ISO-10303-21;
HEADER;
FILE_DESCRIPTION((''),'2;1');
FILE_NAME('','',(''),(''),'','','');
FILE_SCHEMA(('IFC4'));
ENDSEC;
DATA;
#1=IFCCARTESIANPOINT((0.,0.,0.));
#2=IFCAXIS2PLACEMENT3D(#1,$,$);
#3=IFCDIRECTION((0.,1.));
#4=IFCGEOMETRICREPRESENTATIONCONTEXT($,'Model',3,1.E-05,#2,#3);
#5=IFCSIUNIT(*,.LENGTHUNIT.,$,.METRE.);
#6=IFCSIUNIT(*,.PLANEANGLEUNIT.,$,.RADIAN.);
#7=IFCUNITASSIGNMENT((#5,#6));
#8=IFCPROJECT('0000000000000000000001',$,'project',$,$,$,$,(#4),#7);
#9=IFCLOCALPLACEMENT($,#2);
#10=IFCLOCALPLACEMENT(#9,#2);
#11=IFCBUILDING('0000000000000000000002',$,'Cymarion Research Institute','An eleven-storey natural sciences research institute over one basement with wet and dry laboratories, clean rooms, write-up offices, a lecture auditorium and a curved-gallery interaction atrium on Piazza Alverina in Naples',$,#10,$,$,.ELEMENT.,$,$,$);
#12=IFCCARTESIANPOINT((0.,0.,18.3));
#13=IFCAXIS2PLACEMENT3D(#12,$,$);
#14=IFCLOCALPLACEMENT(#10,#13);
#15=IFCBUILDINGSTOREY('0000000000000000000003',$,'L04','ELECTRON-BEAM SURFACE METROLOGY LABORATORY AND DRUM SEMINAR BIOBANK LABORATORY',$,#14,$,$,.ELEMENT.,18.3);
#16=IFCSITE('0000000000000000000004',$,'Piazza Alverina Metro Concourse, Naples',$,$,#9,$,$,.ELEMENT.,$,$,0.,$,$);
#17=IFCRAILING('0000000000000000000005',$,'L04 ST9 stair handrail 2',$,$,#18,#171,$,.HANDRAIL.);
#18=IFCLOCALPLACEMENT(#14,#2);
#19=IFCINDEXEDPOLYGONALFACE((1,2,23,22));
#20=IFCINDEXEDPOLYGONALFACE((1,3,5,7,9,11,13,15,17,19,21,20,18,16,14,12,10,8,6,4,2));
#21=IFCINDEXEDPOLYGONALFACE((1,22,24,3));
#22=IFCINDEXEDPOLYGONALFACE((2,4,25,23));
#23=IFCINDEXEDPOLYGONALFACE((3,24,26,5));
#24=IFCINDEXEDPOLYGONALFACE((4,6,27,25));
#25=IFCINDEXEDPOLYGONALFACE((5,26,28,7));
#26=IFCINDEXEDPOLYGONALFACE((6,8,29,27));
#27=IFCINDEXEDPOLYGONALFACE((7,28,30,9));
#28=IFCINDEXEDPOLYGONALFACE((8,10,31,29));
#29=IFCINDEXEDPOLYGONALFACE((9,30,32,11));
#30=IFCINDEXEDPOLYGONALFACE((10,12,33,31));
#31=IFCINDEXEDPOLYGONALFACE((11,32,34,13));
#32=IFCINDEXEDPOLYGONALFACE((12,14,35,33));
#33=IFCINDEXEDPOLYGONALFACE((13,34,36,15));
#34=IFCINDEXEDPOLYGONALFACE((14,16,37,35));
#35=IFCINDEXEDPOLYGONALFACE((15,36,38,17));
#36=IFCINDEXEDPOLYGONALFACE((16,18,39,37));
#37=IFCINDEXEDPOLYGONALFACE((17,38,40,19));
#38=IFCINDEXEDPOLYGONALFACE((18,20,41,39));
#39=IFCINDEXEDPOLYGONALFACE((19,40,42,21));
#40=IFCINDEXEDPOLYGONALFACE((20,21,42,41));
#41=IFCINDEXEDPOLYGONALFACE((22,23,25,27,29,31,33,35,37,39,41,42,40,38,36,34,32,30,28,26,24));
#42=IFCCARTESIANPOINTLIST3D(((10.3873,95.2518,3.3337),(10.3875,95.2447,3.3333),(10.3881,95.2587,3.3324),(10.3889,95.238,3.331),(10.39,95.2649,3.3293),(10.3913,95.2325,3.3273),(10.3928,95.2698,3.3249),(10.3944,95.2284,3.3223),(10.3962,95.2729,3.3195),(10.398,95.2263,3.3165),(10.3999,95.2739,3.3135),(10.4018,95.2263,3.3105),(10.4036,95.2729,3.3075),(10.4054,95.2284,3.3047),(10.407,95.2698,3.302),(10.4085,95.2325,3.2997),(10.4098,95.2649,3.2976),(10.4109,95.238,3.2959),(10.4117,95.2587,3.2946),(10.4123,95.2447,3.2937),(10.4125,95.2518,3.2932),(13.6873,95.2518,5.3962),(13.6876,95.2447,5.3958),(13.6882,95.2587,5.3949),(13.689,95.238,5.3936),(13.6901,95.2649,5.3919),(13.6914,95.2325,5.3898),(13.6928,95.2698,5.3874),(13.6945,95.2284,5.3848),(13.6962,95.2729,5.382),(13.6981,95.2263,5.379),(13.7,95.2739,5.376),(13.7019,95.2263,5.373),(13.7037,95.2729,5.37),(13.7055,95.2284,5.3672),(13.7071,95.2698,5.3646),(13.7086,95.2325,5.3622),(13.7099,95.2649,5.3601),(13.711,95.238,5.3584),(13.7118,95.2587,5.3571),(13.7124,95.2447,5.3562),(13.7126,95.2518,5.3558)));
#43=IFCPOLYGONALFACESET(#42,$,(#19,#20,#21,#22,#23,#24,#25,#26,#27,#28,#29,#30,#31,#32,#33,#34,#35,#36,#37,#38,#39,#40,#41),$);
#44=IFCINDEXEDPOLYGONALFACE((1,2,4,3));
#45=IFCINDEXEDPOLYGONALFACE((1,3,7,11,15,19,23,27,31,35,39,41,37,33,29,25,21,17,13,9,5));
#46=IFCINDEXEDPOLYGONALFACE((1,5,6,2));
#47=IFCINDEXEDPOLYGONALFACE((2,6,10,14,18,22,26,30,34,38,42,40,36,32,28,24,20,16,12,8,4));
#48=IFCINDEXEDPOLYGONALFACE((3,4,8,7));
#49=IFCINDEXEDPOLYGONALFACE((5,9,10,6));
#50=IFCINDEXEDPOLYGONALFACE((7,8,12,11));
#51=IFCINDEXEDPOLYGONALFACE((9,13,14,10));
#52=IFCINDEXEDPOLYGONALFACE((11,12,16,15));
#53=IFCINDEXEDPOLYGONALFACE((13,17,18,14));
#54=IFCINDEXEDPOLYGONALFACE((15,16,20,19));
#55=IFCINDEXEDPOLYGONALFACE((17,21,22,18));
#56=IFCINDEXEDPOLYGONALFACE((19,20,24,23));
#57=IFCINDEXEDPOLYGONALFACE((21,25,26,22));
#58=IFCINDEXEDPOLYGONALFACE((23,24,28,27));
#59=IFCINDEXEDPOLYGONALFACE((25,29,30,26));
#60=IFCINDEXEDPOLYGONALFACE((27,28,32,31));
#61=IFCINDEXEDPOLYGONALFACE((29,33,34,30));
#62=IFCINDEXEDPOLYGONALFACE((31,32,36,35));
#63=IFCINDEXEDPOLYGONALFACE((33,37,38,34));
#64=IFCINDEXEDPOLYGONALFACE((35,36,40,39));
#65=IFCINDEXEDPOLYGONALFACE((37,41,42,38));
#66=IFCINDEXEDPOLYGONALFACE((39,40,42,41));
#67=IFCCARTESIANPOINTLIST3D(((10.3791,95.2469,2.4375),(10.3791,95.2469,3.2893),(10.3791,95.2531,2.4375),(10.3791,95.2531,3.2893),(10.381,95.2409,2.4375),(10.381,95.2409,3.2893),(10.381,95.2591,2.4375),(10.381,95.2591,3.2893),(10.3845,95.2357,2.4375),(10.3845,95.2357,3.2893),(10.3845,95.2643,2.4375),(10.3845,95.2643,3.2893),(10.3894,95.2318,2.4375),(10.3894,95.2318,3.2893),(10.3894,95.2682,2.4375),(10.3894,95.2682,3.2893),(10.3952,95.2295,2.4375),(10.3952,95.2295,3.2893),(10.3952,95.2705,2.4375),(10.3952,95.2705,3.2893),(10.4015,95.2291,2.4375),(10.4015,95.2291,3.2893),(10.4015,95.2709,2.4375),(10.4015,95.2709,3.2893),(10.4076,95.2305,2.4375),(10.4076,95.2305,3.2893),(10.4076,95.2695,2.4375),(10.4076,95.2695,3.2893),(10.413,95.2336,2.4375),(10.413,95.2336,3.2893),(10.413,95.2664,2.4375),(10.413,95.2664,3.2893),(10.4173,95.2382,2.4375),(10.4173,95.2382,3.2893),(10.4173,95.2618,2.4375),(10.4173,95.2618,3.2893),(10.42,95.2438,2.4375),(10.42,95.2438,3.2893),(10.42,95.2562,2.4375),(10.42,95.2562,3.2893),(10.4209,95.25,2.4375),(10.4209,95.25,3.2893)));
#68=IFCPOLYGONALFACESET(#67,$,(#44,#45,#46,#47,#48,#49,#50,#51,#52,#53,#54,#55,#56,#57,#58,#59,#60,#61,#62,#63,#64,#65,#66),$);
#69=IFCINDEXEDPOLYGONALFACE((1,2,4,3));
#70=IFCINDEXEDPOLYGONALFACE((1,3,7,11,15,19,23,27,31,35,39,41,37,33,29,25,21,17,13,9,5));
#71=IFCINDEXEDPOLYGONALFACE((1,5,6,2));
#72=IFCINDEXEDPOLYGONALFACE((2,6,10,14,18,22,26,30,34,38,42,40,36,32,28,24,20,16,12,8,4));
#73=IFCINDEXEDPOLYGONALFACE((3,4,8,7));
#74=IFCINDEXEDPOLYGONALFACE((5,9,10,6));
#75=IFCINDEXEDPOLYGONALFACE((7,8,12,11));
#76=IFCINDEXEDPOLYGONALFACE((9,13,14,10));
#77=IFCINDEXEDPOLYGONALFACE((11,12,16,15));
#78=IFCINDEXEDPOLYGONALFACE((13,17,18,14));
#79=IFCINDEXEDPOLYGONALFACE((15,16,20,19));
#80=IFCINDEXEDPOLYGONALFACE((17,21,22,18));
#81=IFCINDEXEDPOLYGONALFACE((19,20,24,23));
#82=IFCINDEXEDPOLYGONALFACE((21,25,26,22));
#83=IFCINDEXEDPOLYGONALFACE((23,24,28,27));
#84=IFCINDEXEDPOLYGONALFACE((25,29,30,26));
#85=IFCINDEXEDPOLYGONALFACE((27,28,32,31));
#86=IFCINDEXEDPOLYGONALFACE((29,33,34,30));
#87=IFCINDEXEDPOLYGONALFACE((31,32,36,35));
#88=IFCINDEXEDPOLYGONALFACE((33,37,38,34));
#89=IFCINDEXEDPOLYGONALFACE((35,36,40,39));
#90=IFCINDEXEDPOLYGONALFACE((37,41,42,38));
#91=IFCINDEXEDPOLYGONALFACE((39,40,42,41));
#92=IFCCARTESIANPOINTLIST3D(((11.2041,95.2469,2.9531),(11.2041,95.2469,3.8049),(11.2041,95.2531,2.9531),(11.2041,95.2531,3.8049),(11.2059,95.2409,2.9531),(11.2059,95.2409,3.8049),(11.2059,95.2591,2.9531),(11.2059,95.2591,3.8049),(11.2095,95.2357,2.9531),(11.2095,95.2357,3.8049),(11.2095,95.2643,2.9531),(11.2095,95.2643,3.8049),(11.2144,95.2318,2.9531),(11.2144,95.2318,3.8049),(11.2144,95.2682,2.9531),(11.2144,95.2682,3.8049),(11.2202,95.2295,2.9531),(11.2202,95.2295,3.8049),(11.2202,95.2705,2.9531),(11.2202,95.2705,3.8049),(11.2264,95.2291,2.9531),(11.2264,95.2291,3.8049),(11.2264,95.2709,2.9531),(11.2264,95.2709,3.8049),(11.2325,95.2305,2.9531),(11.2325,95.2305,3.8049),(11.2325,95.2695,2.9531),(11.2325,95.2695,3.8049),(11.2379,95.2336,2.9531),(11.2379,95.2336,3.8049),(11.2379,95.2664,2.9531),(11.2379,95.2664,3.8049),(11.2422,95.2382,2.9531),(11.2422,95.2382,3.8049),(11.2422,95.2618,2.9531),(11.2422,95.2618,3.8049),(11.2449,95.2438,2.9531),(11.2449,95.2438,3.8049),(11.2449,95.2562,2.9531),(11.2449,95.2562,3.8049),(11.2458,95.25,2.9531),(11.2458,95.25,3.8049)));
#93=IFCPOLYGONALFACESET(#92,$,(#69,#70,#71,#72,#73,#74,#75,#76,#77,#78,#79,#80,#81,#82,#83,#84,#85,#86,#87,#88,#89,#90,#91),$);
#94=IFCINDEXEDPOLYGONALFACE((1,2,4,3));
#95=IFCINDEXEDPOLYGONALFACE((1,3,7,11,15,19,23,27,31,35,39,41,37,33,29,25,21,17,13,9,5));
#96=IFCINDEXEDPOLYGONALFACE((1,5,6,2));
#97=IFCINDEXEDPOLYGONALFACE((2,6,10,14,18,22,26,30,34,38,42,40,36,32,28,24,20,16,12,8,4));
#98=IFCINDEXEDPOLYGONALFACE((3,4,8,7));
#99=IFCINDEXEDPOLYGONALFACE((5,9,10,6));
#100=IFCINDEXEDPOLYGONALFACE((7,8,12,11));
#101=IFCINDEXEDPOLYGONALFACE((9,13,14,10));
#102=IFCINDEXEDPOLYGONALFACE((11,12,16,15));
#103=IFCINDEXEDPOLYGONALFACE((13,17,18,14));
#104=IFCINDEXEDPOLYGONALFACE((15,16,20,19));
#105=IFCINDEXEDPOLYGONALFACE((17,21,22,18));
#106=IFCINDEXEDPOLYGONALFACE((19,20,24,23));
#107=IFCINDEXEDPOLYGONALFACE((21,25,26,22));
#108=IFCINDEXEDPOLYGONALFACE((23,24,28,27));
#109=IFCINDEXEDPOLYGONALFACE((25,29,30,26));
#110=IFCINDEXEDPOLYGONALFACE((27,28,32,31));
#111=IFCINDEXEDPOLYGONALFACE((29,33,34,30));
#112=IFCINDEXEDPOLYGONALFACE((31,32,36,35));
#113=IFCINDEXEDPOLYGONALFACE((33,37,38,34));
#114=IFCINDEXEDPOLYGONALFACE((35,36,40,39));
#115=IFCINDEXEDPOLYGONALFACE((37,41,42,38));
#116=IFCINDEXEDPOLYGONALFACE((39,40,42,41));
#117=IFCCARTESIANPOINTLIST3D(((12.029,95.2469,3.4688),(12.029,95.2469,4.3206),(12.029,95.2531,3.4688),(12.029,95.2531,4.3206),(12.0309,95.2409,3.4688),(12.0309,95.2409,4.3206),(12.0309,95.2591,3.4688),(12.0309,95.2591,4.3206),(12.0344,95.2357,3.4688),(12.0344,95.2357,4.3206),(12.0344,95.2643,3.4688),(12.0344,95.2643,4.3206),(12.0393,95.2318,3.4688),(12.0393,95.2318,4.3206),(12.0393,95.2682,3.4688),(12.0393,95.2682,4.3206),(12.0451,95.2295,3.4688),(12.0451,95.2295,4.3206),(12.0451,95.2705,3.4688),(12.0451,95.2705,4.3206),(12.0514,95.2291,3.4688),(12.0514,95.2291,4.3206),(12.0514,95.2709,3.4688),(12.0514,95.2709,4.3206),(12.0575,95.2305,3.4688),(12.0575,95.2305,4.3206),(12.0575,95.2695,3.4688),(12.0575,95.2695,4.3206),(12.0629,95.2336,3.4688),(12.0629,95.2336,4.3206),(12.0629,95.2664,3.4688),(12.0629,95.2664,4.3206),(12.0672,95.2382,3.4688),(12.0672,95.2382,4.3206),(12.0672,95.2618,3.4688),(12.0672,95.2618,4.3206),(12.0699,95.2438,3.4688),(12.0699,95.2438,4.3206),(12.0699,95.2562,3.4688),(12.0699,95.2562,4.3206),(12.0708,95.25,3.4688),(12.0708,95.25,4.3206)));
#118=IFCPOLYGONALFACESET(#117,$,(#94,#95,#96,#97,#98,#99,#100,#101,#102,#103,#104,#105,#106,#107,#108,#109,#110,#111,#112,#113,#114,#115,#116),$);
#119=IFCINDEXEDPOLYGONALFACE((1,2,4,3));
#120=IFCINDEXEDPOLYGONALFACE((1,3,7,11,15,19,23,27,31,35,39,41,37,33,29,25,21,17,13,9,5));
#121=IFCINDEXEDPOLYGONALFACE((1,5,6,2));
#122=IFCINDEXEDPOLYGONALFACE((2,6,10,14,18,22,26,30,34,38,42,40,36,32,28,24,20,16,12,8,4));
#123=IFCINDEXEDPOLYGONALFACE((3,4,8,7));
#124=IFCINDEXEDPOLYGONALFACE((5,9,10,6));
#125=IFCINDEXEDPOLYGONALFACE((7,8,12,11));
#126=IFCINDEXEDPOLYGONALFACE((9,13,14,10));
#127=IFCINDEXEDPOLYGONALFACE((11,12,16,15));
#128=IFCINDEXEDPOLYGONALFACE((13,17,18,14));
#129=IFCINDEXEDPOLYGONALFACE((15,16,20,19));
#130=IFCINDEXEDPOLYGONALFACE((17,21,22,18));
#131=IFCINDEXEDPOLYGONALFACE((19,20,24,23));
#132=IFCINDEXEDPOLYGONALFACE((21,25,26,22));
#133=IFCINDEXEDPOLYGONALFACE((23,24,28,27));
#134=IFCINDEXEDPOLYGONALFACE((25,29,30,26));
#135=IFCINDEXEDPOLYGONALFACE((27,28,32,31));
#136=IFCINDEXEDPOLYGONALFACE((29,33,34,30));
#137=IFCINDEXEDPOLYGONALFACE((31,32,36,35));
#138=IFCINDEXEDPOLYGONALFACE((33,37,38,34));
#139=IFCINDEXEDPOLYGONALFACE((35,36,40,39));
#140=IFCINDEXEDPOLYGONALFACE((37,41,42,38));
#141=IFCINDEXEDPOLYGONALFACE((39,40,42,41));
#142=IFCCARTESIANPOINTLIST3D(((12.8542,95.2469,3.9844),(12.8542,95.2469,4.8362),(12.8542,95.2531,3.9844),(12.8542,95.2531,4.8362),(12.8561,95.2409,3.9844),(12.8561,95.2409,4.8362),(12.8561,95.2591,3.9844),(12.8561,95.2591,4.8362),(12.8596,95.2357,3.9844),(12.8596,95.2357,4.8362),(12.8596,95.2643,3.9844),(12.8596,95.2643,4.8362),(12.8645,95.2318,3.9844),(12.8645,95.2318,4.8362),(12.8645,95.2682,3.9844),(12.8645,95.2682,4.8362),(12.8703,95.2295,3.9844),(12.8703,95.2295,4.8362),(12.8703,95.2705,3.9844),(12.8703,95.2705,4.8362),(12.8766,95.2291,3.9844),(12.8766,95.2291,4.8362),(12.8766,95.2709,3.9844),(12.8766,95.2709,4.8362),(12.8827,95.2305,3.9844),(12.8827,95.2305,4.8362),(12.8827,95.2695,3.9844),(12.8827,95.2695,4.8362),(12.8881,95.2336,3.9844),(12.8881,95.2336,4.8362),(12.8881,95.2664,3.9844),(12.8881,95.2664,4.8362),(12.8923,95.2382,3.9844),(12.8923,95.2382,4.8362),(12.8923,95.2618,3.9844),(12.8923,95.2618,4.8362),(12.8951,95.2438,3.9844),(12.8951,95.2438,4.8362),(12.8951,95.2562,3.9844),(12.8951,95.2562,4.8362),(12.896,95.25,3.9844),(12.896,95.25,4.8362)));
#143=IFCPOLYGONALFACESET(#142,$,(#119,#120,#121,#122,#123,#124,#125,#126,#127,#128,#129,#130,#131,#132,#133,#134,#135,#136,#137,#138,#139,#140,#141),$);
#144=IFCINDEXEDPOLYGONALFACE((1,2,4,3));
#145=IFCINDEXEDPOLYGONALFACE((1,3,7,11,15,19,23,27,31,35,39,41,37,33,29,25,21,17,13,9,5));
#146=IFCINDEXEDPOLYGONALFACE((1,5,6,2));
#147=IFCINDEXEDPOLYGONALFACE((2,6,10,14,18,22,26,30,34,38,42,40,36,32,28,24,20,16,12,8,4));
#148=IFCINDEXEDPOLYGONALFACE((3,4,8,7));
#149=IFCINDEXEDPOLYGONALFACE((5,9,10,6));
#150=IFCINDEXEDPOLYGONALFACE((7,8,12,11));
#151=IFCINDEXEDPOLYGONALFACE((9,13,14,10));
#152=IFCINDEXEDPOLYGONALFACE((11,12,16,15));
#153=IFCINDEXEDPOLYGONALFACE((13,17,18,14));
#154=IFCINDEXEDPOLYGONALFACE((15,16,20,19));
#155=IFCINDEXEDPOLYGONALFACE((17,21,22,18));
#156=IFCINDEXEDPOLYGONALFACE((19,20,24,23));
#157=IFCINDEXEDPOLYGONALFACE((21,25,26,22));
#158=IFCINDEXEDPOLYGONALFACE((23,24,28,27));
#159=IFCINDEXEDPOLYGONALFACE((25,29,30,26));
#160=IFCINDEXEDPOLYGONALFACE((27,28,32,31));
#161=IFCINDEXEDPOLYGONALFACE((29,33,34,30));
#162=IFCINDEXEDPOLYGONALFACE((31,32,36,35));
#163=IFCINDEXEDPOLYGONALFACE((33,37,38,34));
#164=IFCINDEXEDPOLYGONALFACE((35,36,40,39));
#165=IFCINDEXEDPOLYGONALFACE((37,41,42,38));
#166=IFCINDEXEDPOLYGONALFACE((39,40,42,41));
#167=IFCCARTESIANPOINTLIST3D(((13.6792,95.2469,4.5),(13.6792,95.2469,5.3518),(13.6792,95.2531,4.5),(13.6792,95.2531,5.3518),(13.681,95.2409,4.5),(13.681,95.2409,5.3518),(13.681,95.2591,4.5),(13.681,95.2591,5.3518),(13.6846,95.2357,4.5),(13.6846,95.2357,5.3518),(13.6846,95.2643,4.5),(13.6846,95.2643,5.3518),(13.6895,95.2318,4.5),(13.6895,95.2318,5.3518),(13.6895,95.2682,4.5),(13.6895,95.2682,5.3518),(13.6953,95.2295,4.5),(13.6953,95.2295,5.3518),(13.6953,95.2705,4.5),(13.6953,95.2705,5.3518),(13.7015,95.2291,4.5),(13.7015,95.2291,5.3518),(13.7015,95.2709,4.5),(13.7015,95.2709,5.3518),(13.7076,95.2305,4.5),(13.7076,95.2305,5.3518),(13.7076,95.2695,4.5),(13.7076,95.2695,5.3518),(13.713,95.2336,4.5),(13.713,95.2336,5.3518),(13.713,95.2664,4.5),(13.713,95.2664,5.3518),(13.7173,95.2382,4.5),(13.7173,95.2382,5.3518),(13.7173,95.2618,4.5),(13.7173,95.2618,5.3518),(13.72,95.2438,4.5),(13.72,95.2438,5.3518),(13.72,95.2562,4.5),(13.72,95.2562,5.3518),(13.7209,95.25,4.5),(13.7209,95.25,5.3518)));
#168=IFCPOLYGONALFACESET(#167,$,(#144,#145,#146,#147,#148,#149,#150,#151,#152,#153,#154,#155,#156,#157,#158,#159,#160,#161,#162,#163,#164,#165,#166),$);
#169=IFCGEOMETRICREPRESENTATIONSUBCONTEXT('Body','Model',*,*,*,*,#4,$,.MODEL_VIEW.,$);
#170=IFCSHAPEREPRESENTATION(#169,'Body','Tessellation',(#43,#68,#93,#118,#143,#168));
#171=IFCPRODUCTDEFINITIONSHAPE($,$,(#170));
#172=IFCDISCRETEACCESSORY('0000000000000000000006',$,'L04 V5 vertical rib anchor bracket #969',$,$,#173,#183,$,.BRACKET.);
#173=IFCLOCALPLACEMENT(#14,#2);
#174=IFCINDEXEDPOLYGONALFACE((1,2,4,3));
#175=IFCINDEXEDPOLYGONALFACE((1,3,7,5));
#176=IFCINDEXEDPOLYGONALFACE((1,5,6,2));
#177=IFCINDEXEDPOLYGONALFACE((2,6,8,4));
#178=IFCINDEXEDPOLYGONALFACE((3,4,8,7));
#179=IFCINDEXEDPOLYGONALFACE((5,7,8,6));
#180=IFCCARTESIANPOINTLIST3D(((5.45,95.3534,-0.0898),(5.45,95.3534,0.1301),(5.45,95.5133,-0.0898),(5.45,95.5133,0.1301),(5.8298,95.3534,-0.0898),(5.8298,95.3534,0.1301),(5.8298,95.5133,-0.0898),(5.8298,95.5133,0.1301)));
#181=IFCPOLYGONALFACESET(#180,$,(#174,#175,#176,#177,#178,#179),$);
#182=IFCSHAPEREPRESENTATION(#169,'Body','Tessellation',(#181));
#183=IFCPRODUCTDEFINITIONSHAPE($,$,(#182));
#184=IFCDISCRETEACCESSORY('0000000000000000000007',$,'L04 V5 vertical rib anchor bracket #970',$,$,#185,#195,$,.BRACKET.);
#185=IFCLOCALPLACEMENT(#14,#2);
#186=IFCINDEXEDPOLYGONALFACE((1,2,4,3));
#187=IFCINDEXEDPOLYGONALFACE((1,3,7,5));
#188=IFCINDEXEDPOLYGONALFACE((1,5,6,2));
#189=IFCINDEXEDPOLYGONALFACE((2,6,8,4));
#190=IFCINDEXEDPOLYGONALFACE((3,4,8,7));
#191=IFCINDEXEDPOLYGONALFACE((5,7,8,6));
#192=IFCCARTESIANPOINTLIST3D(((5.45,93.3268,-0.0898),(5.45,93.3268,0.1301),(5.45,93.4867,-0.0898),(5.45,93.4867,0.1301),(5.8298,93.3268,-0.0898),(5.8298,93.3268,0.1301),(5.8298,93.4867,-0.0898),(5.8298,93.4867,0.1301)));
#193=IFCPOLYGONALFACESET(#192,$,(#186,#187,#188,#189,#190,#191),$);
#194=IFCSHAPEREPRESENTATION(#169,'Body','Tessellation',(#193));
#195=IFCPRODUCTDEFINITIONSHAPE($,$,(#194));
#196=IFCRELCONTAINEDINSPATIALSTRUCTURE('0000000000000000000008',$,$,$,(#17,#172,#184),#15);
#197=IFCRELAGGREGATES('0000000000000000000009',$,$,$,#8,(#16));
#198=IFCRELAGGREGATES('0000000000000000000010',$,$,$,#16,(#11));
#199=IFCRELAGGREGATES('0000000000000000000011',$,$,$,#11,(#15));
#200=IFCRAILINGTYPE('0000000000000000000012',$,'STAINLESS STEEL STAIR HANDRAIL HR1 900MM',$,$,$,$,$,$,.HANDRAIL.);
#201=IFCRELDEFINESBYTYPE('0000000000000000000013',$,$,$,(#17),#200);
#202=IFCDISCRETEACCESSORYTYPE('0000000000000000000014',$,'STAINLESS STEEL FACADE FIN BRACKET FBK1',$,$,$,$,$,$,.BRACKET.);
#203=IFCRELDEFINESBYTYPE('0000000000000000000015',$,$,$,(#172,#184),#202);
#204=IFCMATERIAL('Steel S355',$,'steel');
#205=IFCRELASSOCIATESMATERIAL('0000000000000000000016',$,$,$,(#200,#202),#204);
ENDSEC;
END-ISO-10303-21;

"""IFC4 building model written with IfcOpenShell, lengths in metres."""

from ifc_helpers import new_model, si_unit, direction, frame, origin, origin_2d, place, context, subcontext, project, spatial, rectangle, circle, extrude, material, type_object, element, save


model = new_model("IFC4")

# Units and contexts
model_context = context("Model", 3, precision=1e-05, world=origin(), true_north=direction((0.0, 1.0)))
body_context = subcontext(model_context, "Body", "Model", "MODEL_VIEW")
ifc_project = project(units=[si_unit("LENGTHUNIT", "METRE"), si_unit("PLANEANGLEUNIT", "RADIAN")], contexts=[model_context])

# Site, building, storey
site_placement = place(None, origin())
site = spatial("IfcSite", under=ifc_project, at=site_placement, Name="Piazza Alverina Metro Concourse, Naples", CompositionType="ELEMENT", RefElevation=0.0)
building_placement = place(site_placement, origin())
building = spatial("IfcBuilding", under=site, at=building_placement, Name="Cymarion Research Institute", Description="An eleven-storey natural sciences research institute over one basement with wet and dry laboratories, clean rooms, write-up offices, a lecture auditorium and a curved-gallery interaction atrium on Piazza Alverina in Naples", CompositionType="ELEMENT")
storey_placement = place(building_placement, frame((0.0, 0.0, 18.3)))
storey = spatial("IfcBuildingStorey", under=building, at=storey_placement, Name="L04", Description="ELECTRON-BEAM SURFACE METROLOGY LABORATORY AND DRUM SEMINAR BIOBANK LABORATORY", CompositionType="ELEMENT", Elevation=18.3)

# Shared definitions
ifc_material_1 = material(Name="Steel S355", Category="steel")

# Railing
railing_type = type_object("IfcRailingType", Name="STAINLESS STEEL STAIR HANDRAIL HR1 900MM", PredefinedType="HANDRAIL", material=ifc_material_1)
railing_placement = place(storey_placement, frame((10.3999, 95.25, 2.4375)))
element("IfcRailing", 1, at=railing_placement, inside=storey, type_object=railing_type, Name="L04 ST9 stair handrail 2", PredefinedType="HANDRAIL", context=body_context, shape_type="SweptSolid", body=[
    extrude(circle(Radius=0.0239, at=origin_2d()), frame((0.0, 0.0, 0.876), z_axis=(0.848002, 0.0, 0.529993), x_axis=(0.0, 1.0, 0.0)), (0.0, 0.0, 1.0), 3.8916),
    extrude(circle(Radius=0.021, at=origin_2d()), origin(), (0.0, 0.0, 1.0), 0.8518),
    extrude(circle(Radius=0.021, at=origin_2d()), frame((0.825, 0.0, 0.5156)), (0.0, 0.0, 1.0), 0.8518),
    extrude(circle(Radius=0.021, at=origin_2d()), frame((1.6499, 0.0, 1.0312)), (0.0, 0.0, 1.0), 0.8518),
    extrude(circle(Radius=0.021, at=origin_2d()), frame((2.4751, 0.0, 1.5469)), (0.0, 0.0, 1.0), 0.8518),
    extrude(circle(Radius=0.021, at=origin_2d()), frame((3.3, 0.0, 2.0625)), (0.0, 0.0, 1.0), 0.8518),
])

# Discrete accessories
discrete_accessory_type = type_object("IfcDiscreteAccessoryType", Name="STAINLESS STEEL FACADE FIN BRACKET FBK1", PredefinedType="BRACKET", material=ifc_material_1)
for number, where, z_axis, x_axis, name in (
    (2, (5.6399, 95.4333, -0.0898), (0.0, 0.0, 1.0), (-1.0, 0.0, 0.0), "L04 V5 vertical rib anchor bracket #969"),
    (3, (5.6399, 93.4067, -0.0898), (0.0, 0.0, 1.0), (-1.0, 0.0, 0.0), "L04 V5 vertical rib anchor bracket #970"),
):
    element("IfcDiscreteAccessory", number, at=place(storey_placement, frame(where, z_axis=z_axis, x_axis=x_axis)), inside=storey, type_object=discrete_accessory_type, Name=name, PredefinedType="BRACKET", context=body_context, shape_type="SweptSolid", body=[
        extrude(rectangle(XDim=0.3799, YDim=0.1599, at=origin_2d()), origin(), (0.0, 0.0, 1.0), 0.22),
    ])

save(model, "model.ifc")
